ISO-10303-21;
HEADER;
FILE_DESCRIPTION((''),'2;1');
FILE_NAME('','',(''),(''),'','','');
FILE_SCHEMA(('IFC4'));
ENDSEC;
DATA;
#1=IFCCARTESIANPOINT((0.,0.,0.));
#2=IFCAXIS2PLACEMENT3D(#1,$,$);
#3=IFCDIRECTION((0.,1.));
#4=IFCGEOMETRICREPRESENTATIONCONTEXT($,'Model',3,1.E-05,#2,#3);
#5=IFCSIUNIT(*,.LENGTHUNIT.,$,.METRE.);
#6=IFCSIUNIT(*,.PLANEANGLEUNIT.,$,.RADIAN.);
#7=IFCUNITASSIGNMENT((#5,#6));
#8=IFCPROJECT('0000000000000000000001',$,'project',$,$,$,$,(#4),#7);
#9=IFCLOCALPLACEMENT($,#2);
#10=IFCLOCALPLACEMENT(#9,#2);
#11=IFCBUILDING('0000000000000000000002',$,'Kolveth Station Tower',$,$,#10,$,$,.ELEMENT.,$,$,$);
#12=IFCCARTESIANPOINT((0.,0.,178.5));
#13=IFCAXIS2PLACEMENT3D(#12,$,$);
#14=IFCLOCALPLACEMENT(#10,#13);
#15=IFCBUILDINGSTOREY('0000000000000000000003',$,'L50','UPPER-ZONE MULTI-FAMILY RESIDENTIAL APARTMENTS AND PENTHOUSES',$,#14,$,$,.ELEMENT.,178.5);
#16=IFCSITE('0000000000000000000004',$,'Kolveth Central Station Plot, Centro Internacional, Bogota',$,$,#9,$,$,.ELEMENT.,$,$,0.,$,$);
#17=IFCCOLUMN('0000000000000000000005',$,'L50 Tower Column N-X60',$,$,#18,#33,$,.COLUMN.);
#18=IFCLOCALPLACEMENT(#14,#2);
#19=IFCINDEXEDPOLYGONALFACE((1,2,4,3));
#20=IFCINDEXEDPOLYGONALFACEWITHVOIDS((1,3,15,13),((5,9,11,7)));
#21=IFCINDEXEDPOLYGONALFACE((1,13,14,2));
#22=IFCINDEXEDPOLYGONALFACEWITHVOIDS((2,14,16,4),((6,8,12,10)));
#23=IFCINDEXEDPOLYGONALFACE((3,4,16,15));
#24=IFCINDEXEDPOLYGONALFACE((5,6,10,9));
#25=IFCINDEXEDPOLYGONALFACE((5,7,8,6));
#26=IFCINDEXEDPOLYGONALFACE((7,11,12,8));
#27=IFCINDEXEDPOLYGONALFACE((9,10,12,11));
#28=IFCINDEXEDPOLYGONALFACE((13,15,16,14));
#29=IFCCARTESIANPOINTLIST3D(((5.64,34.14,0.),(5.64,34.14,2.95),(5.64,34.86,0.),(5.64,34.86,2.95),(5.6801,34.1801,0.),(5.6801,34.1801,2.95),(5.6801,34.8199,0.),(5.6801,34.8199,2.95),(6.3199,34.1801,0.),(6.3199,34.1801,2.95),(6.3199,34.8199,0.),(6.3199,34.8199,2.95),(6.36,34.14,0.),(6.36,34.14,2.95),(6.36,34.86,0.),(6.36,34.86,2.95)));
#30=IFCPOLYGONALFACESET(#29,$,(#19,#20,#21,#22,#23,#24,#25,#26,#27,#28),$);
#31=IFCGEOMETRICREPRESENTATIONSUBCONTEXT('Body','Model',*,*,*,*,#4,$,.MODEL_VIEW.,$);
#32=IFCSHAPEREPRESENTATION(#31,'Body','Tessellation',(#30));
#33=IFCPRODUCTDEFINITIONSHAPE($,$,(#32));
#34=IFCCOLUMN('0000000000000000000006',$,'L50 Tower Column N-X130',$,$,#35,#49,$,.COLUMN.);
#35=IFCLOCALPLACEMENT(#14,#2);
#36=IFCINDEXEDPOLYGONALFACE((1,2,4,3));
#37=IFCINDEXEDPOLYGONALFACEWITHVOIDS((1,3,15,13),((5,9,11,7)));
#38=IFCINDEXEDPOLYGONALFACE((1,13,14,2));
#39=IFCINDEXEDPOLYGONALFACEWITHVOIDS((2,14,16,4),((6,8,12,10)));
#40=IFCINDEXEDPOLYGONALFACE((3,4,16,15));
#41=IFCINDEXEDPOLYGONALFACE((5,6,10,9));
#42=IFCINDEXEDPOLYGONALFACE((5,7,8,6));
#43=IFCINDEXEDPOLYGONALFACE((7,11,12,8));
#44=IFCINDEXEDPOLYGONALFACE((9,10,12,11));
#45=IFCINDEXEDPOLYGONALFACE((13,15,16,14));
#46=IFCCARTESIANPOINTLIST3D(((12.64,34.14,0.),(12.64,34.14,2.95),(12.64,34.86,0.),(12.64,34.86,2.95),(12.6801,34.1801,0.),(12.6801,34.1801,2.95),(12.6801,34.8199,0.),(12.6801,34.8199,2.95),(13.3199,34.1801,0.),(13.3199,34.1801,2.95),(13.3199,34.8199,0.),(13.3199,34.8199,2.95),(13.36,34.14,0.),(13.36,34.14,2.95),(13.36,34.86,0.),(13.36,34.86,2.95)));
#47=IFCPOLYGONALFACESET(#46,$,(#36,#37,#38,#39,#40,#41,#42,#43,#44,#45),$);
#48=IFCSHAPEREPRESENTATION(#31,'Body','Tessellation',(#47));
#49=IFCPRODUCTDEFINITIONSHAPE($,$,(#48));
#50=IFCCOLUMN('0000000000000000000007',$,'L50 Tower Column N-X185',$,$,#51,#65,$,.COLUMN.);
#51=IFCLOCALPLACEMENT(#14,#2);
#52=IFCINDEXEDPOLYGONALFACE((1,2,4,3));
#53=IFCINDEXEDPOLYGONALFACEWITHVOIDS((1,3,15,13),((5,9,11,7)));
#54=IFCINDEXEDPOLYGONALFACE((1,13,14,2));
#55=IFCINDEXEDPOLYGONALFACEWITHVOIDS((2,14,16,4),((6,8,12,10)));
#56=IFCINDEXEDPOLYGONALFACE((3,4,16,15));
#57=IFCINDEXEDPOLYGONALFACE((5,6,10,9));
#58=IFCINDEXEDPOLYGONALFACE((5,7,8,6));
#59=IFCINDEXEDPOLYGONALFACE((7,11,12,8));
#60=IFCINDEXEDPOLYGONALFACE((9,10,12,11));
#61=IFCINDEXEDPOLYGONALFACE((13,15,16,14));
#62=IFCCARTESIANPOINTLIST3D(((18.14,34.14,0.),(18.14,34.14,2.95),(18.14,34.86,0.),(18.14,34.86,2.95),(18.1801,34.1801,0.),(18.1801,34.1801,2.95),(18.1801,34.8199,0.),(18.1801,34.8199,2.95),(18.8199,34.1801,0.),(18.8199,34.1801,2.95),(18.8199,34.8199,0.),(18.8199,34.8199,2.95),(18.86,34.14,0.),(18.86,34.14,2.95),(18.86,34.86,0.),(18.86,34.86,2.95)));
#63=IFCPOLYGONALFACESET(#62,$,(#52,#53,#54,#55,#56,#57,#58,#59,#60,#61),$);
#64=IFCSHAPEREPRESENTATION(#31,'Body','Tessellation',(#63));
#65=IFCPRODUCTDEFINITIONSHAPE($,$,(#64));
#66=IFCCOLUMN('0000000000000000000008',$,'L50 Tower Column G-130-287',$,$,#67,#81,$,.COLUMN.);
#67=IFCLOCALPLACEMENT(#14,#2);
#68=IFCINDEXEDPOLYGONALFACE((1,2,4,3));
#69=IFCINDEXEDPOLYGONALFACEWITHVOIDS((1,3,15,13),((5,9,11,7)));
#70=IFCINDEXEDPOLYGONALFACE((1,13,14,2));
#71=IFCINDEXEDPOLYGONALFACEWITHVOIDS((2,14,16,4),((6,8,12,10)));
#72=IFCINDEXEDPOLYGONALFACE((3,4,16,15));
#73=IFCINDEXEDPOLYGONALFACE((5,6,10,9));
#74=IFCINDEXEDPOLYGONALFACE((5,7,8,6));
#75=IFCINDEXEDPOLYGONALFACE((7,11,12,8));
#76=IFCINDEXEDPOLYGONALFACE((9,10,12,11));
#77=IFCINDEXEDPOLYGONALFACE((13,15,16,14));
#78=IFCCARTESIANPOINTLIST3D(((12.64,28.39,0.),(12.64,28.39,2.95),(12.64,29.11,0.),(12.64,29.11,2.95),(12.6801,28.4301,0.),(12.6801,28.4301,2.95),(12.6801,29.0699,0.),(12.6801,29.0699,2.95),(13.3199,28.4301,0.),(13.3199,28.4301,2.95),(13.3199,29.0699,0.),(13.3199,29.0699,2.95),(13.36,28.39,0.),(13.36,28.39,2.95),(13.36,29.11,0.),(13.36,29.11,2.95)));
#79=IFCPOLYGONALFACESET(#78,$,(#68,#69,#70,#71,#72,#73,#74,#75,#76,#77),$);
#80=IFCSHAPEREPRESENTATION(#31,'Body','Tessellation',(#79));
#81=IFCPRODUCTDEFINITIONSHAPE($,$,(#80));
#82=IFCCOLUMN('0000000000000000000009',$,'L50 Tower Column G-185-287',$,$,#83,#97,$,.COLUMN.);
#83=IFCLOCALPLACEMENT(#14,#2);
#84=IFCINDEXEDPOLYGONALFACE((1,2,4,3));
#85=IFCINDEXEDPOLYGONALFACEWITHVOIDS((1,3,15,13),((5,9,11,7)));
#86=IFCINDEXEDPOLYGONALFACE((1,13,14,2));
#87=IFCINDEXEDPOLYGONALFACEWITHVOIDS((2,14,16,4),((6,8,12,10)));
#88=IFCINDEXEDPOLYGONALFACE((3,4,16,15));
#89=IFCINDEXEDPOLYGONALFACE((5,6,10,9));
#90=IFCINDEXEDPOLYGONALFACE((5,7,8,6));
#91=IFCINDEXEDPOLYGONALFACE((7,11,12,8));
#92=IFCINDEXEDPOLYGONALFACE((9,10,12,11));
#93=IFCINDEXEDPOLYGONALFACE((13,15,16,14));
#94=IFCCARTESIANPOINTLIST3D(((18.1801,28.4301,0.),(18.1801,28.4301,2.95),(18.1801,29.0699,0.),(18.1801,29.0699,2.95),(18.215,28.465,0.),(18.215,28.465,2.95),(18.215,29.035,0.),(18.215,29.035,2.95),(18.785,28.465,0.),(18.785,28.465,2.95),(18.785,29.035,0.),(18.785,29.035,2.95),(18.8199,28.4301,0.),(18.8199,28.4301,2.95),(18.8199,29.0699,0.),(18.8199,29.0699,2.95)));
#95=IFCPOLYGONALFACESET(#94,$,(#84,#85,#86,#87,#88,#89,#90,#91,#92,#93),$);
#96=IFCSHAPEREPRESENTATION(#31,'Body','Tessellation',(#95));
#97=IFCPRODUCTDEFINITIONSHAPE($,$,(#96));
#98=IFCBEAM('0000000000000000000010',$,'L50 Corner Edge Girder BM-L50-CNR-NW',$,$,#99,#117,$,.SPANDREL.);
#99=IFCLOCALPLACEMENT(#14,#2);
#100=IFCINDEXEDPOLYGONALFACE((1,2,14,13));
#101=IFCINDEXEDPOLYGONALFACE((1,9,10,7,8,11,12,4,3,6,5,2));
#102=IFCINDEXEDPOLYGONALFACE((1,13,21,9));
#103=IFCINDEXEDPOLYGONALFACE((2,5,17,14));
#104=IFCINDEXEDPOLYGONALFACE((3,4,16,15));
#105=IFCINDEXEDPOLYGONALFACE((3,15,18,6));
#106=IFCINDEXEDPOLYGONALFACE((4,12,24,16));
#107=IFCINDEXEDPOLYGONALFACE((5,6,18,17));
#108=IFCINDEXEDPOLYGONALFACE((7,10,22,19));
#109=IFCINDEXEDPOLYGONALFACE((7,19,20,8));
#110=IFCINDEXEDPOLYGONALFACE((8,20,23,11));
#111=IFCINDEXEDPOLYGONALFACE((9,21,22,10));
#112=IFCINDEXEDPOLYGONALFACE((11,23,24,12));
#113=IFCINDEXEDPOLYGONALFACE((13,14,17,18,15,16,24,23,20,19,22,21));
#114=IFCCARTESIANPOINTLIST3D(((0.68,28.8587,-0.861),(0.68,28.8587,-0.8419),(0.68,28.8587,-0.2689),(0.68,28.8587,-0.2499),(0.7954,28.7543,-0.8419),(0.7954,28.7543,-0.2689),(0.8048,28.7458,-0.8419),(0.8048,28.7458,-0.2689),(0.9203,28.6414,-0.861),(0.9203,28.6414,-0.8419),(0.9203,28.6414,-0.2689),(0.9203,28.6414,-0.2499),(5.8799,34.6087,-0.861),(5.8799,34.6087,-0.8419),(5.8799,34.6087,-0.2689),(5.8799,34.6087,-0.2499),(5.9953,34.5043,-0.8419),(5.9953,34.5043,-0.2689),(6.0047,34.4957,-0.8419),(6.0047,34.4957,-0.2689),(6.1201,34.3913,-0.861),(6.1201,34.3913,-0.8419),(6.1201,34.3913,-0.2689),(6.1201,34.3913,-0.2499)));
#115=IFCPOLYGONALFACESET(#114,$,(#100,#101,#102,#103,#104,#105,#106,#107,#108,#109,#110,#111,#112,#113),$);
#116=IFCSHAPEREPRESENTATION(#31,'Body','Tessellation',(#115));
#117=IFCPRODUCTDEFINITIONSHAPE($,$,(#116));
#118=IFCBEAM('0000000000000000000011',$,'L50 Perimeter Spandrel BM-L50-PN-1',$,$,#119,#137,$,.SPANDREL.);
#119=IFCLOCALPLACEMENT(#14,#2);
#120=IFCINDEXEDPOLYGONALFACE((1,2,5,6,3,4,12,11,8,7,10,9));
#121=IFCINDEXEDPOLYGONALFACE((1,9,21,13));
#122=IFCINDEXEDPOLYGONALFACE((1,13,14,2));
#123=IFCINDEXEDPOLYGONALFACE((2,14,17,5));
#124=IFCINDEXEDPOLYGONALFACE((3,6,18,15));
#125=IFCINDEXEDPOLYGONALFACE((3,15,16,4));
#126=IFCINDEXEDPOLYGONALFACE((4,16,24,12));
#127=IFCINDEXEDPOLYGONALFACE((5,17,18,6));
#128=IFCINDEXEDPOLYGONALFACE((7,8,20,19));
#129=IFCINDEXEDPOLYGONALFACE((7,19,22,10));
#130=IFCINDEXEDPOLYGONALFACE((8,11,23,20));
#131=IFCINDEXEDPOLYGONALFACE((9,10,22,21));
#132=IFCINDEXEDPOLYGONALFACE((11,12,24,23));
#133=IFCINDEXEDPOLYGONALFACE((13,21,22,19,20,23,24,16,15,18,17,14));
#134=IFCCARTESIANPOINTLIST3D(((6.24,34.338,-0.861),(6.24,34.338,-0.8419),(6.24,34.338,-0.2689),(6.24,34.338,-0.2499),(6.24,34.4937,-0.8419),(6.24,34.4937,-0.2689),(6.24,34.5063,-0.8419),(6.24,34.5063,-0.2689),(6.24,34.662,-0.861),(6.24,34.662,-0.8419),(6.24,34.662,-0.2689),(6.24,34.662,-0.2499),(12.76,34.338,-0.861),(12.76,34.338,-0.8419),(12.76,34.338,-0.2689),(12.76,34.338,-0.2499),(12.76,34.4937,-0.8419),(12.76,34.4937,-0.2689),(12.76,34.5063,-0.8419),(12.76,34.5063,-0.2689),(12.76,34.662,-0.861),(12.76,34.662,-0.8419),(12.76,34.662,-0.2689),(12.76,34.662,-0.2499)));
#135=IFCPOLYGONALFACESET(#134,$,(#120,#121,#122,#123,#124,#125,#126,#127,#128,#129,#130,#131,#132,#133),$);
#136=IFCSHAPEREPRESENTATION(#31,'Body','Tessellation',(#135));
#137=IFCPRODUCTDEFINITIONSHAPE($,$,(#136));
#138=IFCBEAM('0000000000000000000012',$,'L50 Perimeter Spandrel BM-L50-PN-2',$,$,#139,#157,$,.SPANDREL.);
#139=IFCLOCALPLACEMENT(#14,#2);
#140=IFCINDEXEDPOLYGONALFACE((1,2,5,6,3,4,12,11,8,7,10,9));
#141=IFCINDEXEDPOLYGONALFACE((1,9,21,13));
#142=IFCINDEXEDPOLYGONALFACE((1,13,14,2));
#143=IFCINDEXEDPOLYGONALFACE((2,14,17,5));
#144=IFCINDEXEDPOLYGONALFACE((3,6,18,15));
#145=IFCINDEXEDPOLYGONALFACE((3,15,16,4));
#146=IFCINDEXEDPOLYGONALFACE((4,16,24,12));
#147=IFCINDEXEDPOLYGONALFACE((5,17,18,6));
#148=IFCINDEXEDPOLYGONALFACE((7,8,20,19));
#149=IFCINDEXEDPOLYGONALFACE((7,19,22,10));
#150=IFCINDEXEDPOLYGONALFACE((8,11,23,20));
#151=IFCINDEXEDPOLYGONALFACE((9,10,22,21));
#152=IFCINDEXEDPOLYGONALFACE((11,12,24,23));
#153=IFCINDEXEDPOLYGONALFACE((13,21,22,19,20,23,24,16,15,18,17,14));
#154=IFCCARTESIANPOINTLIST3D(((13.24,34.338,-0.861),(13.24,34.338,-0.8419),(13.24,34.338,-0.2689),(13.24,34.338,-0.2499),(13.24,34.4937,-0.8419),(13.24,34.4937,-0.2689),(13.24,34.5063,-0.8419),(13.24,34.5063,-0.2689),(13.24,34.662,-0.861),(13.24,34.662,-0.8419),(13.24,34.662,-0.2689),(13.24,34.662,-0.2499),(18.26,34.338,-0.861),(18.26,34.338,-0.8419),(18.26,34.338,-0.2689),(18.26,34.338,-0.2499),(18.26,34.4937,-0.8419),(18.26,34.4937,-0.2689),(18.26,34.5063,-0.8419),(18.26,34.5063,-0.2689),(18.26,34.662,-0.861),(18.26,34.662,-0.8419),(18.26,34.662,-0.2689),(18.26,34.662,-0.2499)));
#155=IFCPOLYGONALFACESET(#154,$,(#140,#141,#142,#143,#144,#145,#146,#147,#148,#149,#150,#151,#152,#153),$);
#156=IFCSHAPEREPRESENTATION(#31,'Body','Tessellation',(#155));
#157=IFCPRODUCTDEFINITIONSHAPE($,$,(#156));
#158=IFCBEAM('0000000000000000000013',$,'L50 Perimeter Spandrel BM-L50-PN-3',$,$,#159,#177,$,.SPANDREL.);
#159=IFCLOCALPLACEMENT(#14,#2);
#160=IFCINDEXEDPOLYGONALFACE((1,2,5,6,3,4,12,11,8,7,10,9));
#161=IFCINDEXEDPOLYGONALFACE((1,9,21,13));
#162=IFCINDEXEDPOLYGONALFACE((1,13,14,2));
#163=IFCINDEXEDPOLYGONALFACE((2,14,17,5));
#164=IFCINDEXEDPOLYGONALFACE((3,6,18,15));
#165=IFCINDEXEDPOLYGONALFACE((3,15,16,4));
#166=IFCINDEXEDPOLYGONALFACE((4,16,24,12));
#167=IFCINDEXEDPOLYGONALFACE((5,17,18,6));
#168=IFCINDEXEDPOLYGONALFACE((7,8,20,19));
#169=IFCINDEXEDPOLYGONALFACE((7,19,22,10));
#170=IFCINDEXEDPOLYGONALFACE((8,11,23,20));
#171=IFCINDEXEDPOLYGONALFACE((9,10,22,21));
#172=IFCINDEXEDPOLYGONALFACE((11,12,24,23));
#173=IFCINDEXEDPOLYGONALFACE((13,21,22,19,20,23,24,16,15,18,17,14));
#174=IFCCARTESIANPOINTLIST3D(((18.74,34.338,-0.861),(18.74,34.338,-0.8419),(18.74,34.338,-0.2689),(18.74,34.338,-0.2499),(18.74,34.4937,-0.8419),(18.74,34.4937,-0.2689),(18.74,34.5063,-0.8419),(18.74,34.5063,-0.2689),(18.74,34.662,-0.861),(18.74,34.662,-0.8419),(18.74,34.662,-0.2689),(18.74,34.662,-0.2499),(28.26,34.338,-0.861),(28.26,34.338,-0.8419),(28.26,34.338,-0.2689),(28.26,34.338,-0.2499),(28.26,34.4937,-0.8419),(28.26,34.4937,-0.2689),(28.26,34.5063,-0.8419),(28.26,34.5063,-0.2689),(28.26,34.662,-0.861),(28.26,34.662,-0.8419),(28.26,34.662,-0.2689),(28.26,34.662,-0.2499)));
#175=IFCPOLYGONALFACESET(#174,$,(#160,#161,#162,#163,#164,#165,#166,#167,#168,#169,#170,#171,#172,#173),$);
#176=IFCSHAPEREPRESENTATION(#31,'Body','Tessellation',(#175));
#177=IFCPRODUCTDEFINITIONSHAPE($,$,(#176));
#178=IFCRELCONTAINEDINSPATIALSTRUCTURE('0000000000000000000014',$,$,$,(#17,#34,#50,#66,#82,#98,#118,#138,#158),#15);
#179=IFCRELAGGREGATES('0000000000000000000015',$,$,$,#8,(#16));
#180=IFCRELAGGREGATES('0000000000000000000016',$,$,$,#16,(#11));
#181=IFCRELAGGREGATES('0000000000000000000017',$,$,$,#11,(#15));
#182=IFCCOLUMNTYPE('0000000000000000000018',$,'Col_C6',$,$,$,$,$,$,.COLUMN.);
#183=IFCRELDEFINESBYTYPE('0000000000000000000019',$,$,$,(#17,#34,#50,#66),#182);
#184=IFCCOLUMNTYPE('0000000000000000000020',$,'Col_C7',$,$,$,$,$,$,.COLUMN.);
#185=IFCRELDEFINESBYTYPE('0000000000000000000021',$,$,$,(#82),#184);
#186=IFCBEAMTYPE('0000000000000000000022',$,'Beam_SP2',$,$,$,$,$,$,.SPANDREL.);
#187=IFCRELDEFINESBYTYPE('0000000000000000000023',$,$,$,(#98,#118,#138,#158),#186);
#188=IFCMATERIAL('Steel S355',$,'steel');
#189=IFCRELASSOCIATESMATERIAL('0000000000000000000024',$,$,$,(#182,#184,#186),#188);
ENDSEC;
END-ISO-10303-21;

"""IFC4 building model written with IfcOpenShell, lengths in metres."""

from ifc_helpers import new_model, si_unit, direction, frame, origin, origin_2d, place, context, subcontext, project, spatial, hollow_rectangle, i_section, extrude, source, transform, mapped, material, material_profile, profile_set, type_object, element, save


model = new_model("IFC4")

# Units and contexts
model_context = context("Model", 3, precision=1e-05, world=origin(), true_north=direction((0.0, 1.0)))
body_context = subcontext(model_context, "Body", "Model", "MODEL_VIEW")
ifc_project = project(units=[si_unit("LENGTHUNIT", "METRE"), si_unit("PLANEANGLEUNIT", "RADIAN")], contexts=[model_context])

# Site, building, storey
site_placement = place(None, origin())
site = spatial("IfcSite", under=ifc_project, at=site_placement, Name="Kolveth Central Station Plot, Centro Internacional, Bogota", CompositionType="ELEMENT", RefElevation=0.0)
building_placement = place(site_placement, origin())
building = spatial("IfcBuilding", under=site, at=building_placement, Name="Kolveth Station Tower", CompositionType="ELEMENT")
storey_placement = place(building_placement, frame((0.0, 0.0, 178.5)))
storey = spatial("IfcBuildingStorey", under=building, at=storey_placement, Name="L50", Description="UPPER-ZONE MULTI-FAMILY RESIDENTIAL APARTMENTS AND PENTHOUSES", CompositionType="ELEMENT", Elevation=178.5)

# Columns
ifc_material_1 = material(Name="Steel S355", Category="steel")
ifc_material_profile_1 = material_profile(ifc_material_1, hollow_rectangle(XDim=0.72, YDim=0.72, WallThickness=0.04, at=origin_2d()), Name="BOX720x720x40")
ifc_profile_set_1 = profile_set([ifc_material_profile_1], Name="Steel S355")
column_type_1 = type_object("IfcColumnType", Name="Col_C6", PredefinedType="COLUMN", material=ifc_profile_set_1)
shared_shape_1 = source(origin(), body_context, "Body", "SweptSolid", [
    extrude(hollow_rectangle(XDim=0.72, YDim=0.72, WallThickness=0.04, at=origin_2d()), origin(), (0.0, 0.0, 1.0), 2.95),
])
for number, where, z_axis, x_axis, name in (
    (1, (6.0, 34.5, 0.0), (0.0, 0.0, 1.0), (1.0, 0.0, 0.0), "L50 Tower Column N-X60"),
    (2, (13.0, 34.5, 0.0), (0.0, 0.0, 1.0), (1.0, 0.0, 0.0), "L50 Tower Column N-X130"),
    (3, (18.5, 34.5, 0.0), (0.0, 0.0, 1.0), (1.0, 0.0, 0.0), "L50 Tower Column N-X185"),
    (4, (13.0, 28.75, 0.0), (0.0, 0.0, 1.0), (1.0, 0.0, 0.0), "L50 Tower Column G-130-287"),
):
    element("IfcColumn", number, at=place(storey_placement, frame(where, z_axis=z_axis, x_axis=x_axis)), inside=storey, type_object=column_type_1, Name=name, PredefinedType="COLUMN", context=body_context, shape_type="MappedRepresentation", body=[
        mapped(shared_shape_1, transform((0.0, 0.0, 0.0), x_axis=(1.0, 0.0, 0.0), y_axis=(0.0, 1.0, 0.0), z_axis=(0.0, 0.0, 1.0), scale=1.0)),
    ])
ifc_material_profile_2 = material_profile(ifc_material_1, hollow_rectangle(XDim=0.6399, YDim=0.6399, WallThickness=0.0349, at=origin_2d()), Name="BOX640x640x35")
ifc_profile_set_2 = profile_set([ifc_material_profile_2], Name="Steel S355")
column_type_2 = type_object("IfcColumnType", Name="Col_C7", PredefinedType="COLUMN", material=ifc_profile_set_2)
shared_shape_2 = source(origin(), body_context, "Body", "SweptSolid", [
    extrude(hollow_rectangle(XDim=0.6399, YDim=0.6399, WallThickness=0.0349, at=origin_2d()), origin(), (0.0, 0.0, 1.0), 2.95),
])
column_placement = place(storey_placement, frame((18.5, 28.75, 0.0), z_axis=(0.0, 0.0, 1.0), x_axis=(1.0, 0.0, 0.0)))
element("IfcColumn", 5, at=column_placement, inside=storey, type_object=column_type_2, Name="L50 Tower Column G-185-287", PredefinedType="COLUMN", context=body_context, shape_type="MappedRepresentation", body=[
    mapped(shared_shape_2, transform((0.0, 0.0, 0.0), x_axis=(1.0, 0.0, 0.0), y_axis=(0.0, 1.0, 0.0), z_axis=(0.0, 0.0, 1.0), scale=1.0)),
])

# Beams
ifc_material_profile_3 = material_profile(ifc_material_1, i_section(OverallWidth=0.324, OverallDepth=0.6111, WebThickness=0.0127, FlangeThickness=0.019, at=origin_2d()), Name="W610x155")
ifc_profile_set_3 = profile_set([ifc_material_profile_3], Name="Steel S355")
beam_type_1 = type_object("IfcBeamType", Name="Beam_SP2", PredefinedType="SPANDREL", material=ifc_profile_set_3)
shared_shape_3 = source(origin(), body_context, "Body", "SweptSolid", [
    extrude(i_section(OverallWidth=0.324, OverallDepth=0.6111, WebThickness=0.0127, FlangeThickness=0.019, at=origin_2d()), origin(), (0.0, 0.0, 1.0), 7.7524),
])
beam_1_placement = place(storey_placement, frame((6.0, 34.5, -0.5554), z_axis=(-0.670741, -0.741692, 0.0), x_axis=(0.741692, -0.670741, 0.0)))
element("IfcBeam", 6, at=beam_1_placement, inside=storey, type_object=beam_type_1, Name="L50 Corner Edge Girder BM-L50-CNR-NW", PredefinedType="SPANDREL", context=body_context, shape_type="MappedRepresentation", body=[
    mapped(shared_shape_3, transform((0.0, 0.0, 0.0), x_axis=(1.0, 0.0, 0.0), y_axis=(0.0, 1.0, 0.0), z_axis=(0.0, 0.0, 1.0), scale=1.0)),
])
shared_shape_4 = source(origin(), body_context, "Body", "SweptSolid", [
    extrude(i_section(OverallWidth=0.324, OverallDepth=0.6111, WebThickness=0.0127, FlangeThickness=0.019, at=origin_2d()), origin(), (0.0, 0.0, 1.0), 6.52),
])
beam_2_placement = place(storey_placement, frame((6.24, 34.5, -0.5554), z_axis=(1.0, 0.0, 0.0), x_axis=(0.0, 1.0, 0.0)))
element("IfcBeam", 7, at=beam_2_placement, inside=storey, type_object=beam_type_1, Name="L50 Perimeter Spandrel BM-L50-PN-1", PredefinedType="SPANDREL", context=body_context, shape_type="MappedRepresentation", body=[
    mapped(shared_shape_4, transform((0.0, 0.0, 0.0), x_axis=(1.0, 0.0, 0.0), y_axis=(0.0, 1.0, 0.0), z_axis=(0.0, 0.0, 1.0), scale=1.0)),
])
shared_shape_5 = source(origin(), body_context, "Body", "SweptSolid", [
    extrude(i_section(OverallWidth=0.324, OverallDepth=0.6111, WebThickness=0.0127, FlangeThickness=0.019, at=origin_2d()), origin(), (0.0, 0.0, 1.0), 5.02),
])
beam_3_placement = place(storey_placement, frame((13.24, 34.5, -0.5554), z_axis=(1.0, 0.0, 0.0), x_axis=(0.0, 1.0, 0.0)))
element("IfcBeam", 8, at=beam_3_placement, inside=storey, type_object=beam_type_1, Name="L50 Perimeter Spandrel BM-L50-PN-2", PredefinedType="SPANDREL", context=body_context, shape_type="MappedRepresentation", body=[
    mapped(shared_shape_5, transform((0.0, 0.0, 0.0), x_axis=(1.0, 0.0, 0.0), y_axis=(0.0, 1.0, 0.0), z_axis=(0.0, 0.0, 1.0), scale=1.0)),
])
shared_shape_6 = source(origin(), body_context, "Body", "SweptSolid", [
    extrude(i_section(OverallWidth=0.324, OverallDepth=0.6111, WebThickness=0.0127, FlangeThickness=0.019, at=origin_2d()), origin(), (0.0, 0.0, 1.0), 9.52),
])
beam_4_placement = place(storey_placement, frame((18.74, 34.5, -0.5554), z_axis=(1.0, 0.0, 0.0), x_axis=(0.0, 1.0, 0.0)))
element("IfcBeam", 9, at=beam_4_placement, inside=storey, type_object=beam_type_1, Name="L50 Perimeter Spandrel BM-L50-PN-3", PredefinedType="SPANDREL", context=body_context, shape_type="MappedRepresentation", body=[
    mapped(shared_shape_6, transform((0.0, 0.0, 0.0), x_axis=(1.0, 0.0, 0.0), y_axis=(0.0, 1.0, 0.0), z_axis=(0.0, 0.0, 1.0), scale=1.0)),
])

save(model, "model.ifc")
